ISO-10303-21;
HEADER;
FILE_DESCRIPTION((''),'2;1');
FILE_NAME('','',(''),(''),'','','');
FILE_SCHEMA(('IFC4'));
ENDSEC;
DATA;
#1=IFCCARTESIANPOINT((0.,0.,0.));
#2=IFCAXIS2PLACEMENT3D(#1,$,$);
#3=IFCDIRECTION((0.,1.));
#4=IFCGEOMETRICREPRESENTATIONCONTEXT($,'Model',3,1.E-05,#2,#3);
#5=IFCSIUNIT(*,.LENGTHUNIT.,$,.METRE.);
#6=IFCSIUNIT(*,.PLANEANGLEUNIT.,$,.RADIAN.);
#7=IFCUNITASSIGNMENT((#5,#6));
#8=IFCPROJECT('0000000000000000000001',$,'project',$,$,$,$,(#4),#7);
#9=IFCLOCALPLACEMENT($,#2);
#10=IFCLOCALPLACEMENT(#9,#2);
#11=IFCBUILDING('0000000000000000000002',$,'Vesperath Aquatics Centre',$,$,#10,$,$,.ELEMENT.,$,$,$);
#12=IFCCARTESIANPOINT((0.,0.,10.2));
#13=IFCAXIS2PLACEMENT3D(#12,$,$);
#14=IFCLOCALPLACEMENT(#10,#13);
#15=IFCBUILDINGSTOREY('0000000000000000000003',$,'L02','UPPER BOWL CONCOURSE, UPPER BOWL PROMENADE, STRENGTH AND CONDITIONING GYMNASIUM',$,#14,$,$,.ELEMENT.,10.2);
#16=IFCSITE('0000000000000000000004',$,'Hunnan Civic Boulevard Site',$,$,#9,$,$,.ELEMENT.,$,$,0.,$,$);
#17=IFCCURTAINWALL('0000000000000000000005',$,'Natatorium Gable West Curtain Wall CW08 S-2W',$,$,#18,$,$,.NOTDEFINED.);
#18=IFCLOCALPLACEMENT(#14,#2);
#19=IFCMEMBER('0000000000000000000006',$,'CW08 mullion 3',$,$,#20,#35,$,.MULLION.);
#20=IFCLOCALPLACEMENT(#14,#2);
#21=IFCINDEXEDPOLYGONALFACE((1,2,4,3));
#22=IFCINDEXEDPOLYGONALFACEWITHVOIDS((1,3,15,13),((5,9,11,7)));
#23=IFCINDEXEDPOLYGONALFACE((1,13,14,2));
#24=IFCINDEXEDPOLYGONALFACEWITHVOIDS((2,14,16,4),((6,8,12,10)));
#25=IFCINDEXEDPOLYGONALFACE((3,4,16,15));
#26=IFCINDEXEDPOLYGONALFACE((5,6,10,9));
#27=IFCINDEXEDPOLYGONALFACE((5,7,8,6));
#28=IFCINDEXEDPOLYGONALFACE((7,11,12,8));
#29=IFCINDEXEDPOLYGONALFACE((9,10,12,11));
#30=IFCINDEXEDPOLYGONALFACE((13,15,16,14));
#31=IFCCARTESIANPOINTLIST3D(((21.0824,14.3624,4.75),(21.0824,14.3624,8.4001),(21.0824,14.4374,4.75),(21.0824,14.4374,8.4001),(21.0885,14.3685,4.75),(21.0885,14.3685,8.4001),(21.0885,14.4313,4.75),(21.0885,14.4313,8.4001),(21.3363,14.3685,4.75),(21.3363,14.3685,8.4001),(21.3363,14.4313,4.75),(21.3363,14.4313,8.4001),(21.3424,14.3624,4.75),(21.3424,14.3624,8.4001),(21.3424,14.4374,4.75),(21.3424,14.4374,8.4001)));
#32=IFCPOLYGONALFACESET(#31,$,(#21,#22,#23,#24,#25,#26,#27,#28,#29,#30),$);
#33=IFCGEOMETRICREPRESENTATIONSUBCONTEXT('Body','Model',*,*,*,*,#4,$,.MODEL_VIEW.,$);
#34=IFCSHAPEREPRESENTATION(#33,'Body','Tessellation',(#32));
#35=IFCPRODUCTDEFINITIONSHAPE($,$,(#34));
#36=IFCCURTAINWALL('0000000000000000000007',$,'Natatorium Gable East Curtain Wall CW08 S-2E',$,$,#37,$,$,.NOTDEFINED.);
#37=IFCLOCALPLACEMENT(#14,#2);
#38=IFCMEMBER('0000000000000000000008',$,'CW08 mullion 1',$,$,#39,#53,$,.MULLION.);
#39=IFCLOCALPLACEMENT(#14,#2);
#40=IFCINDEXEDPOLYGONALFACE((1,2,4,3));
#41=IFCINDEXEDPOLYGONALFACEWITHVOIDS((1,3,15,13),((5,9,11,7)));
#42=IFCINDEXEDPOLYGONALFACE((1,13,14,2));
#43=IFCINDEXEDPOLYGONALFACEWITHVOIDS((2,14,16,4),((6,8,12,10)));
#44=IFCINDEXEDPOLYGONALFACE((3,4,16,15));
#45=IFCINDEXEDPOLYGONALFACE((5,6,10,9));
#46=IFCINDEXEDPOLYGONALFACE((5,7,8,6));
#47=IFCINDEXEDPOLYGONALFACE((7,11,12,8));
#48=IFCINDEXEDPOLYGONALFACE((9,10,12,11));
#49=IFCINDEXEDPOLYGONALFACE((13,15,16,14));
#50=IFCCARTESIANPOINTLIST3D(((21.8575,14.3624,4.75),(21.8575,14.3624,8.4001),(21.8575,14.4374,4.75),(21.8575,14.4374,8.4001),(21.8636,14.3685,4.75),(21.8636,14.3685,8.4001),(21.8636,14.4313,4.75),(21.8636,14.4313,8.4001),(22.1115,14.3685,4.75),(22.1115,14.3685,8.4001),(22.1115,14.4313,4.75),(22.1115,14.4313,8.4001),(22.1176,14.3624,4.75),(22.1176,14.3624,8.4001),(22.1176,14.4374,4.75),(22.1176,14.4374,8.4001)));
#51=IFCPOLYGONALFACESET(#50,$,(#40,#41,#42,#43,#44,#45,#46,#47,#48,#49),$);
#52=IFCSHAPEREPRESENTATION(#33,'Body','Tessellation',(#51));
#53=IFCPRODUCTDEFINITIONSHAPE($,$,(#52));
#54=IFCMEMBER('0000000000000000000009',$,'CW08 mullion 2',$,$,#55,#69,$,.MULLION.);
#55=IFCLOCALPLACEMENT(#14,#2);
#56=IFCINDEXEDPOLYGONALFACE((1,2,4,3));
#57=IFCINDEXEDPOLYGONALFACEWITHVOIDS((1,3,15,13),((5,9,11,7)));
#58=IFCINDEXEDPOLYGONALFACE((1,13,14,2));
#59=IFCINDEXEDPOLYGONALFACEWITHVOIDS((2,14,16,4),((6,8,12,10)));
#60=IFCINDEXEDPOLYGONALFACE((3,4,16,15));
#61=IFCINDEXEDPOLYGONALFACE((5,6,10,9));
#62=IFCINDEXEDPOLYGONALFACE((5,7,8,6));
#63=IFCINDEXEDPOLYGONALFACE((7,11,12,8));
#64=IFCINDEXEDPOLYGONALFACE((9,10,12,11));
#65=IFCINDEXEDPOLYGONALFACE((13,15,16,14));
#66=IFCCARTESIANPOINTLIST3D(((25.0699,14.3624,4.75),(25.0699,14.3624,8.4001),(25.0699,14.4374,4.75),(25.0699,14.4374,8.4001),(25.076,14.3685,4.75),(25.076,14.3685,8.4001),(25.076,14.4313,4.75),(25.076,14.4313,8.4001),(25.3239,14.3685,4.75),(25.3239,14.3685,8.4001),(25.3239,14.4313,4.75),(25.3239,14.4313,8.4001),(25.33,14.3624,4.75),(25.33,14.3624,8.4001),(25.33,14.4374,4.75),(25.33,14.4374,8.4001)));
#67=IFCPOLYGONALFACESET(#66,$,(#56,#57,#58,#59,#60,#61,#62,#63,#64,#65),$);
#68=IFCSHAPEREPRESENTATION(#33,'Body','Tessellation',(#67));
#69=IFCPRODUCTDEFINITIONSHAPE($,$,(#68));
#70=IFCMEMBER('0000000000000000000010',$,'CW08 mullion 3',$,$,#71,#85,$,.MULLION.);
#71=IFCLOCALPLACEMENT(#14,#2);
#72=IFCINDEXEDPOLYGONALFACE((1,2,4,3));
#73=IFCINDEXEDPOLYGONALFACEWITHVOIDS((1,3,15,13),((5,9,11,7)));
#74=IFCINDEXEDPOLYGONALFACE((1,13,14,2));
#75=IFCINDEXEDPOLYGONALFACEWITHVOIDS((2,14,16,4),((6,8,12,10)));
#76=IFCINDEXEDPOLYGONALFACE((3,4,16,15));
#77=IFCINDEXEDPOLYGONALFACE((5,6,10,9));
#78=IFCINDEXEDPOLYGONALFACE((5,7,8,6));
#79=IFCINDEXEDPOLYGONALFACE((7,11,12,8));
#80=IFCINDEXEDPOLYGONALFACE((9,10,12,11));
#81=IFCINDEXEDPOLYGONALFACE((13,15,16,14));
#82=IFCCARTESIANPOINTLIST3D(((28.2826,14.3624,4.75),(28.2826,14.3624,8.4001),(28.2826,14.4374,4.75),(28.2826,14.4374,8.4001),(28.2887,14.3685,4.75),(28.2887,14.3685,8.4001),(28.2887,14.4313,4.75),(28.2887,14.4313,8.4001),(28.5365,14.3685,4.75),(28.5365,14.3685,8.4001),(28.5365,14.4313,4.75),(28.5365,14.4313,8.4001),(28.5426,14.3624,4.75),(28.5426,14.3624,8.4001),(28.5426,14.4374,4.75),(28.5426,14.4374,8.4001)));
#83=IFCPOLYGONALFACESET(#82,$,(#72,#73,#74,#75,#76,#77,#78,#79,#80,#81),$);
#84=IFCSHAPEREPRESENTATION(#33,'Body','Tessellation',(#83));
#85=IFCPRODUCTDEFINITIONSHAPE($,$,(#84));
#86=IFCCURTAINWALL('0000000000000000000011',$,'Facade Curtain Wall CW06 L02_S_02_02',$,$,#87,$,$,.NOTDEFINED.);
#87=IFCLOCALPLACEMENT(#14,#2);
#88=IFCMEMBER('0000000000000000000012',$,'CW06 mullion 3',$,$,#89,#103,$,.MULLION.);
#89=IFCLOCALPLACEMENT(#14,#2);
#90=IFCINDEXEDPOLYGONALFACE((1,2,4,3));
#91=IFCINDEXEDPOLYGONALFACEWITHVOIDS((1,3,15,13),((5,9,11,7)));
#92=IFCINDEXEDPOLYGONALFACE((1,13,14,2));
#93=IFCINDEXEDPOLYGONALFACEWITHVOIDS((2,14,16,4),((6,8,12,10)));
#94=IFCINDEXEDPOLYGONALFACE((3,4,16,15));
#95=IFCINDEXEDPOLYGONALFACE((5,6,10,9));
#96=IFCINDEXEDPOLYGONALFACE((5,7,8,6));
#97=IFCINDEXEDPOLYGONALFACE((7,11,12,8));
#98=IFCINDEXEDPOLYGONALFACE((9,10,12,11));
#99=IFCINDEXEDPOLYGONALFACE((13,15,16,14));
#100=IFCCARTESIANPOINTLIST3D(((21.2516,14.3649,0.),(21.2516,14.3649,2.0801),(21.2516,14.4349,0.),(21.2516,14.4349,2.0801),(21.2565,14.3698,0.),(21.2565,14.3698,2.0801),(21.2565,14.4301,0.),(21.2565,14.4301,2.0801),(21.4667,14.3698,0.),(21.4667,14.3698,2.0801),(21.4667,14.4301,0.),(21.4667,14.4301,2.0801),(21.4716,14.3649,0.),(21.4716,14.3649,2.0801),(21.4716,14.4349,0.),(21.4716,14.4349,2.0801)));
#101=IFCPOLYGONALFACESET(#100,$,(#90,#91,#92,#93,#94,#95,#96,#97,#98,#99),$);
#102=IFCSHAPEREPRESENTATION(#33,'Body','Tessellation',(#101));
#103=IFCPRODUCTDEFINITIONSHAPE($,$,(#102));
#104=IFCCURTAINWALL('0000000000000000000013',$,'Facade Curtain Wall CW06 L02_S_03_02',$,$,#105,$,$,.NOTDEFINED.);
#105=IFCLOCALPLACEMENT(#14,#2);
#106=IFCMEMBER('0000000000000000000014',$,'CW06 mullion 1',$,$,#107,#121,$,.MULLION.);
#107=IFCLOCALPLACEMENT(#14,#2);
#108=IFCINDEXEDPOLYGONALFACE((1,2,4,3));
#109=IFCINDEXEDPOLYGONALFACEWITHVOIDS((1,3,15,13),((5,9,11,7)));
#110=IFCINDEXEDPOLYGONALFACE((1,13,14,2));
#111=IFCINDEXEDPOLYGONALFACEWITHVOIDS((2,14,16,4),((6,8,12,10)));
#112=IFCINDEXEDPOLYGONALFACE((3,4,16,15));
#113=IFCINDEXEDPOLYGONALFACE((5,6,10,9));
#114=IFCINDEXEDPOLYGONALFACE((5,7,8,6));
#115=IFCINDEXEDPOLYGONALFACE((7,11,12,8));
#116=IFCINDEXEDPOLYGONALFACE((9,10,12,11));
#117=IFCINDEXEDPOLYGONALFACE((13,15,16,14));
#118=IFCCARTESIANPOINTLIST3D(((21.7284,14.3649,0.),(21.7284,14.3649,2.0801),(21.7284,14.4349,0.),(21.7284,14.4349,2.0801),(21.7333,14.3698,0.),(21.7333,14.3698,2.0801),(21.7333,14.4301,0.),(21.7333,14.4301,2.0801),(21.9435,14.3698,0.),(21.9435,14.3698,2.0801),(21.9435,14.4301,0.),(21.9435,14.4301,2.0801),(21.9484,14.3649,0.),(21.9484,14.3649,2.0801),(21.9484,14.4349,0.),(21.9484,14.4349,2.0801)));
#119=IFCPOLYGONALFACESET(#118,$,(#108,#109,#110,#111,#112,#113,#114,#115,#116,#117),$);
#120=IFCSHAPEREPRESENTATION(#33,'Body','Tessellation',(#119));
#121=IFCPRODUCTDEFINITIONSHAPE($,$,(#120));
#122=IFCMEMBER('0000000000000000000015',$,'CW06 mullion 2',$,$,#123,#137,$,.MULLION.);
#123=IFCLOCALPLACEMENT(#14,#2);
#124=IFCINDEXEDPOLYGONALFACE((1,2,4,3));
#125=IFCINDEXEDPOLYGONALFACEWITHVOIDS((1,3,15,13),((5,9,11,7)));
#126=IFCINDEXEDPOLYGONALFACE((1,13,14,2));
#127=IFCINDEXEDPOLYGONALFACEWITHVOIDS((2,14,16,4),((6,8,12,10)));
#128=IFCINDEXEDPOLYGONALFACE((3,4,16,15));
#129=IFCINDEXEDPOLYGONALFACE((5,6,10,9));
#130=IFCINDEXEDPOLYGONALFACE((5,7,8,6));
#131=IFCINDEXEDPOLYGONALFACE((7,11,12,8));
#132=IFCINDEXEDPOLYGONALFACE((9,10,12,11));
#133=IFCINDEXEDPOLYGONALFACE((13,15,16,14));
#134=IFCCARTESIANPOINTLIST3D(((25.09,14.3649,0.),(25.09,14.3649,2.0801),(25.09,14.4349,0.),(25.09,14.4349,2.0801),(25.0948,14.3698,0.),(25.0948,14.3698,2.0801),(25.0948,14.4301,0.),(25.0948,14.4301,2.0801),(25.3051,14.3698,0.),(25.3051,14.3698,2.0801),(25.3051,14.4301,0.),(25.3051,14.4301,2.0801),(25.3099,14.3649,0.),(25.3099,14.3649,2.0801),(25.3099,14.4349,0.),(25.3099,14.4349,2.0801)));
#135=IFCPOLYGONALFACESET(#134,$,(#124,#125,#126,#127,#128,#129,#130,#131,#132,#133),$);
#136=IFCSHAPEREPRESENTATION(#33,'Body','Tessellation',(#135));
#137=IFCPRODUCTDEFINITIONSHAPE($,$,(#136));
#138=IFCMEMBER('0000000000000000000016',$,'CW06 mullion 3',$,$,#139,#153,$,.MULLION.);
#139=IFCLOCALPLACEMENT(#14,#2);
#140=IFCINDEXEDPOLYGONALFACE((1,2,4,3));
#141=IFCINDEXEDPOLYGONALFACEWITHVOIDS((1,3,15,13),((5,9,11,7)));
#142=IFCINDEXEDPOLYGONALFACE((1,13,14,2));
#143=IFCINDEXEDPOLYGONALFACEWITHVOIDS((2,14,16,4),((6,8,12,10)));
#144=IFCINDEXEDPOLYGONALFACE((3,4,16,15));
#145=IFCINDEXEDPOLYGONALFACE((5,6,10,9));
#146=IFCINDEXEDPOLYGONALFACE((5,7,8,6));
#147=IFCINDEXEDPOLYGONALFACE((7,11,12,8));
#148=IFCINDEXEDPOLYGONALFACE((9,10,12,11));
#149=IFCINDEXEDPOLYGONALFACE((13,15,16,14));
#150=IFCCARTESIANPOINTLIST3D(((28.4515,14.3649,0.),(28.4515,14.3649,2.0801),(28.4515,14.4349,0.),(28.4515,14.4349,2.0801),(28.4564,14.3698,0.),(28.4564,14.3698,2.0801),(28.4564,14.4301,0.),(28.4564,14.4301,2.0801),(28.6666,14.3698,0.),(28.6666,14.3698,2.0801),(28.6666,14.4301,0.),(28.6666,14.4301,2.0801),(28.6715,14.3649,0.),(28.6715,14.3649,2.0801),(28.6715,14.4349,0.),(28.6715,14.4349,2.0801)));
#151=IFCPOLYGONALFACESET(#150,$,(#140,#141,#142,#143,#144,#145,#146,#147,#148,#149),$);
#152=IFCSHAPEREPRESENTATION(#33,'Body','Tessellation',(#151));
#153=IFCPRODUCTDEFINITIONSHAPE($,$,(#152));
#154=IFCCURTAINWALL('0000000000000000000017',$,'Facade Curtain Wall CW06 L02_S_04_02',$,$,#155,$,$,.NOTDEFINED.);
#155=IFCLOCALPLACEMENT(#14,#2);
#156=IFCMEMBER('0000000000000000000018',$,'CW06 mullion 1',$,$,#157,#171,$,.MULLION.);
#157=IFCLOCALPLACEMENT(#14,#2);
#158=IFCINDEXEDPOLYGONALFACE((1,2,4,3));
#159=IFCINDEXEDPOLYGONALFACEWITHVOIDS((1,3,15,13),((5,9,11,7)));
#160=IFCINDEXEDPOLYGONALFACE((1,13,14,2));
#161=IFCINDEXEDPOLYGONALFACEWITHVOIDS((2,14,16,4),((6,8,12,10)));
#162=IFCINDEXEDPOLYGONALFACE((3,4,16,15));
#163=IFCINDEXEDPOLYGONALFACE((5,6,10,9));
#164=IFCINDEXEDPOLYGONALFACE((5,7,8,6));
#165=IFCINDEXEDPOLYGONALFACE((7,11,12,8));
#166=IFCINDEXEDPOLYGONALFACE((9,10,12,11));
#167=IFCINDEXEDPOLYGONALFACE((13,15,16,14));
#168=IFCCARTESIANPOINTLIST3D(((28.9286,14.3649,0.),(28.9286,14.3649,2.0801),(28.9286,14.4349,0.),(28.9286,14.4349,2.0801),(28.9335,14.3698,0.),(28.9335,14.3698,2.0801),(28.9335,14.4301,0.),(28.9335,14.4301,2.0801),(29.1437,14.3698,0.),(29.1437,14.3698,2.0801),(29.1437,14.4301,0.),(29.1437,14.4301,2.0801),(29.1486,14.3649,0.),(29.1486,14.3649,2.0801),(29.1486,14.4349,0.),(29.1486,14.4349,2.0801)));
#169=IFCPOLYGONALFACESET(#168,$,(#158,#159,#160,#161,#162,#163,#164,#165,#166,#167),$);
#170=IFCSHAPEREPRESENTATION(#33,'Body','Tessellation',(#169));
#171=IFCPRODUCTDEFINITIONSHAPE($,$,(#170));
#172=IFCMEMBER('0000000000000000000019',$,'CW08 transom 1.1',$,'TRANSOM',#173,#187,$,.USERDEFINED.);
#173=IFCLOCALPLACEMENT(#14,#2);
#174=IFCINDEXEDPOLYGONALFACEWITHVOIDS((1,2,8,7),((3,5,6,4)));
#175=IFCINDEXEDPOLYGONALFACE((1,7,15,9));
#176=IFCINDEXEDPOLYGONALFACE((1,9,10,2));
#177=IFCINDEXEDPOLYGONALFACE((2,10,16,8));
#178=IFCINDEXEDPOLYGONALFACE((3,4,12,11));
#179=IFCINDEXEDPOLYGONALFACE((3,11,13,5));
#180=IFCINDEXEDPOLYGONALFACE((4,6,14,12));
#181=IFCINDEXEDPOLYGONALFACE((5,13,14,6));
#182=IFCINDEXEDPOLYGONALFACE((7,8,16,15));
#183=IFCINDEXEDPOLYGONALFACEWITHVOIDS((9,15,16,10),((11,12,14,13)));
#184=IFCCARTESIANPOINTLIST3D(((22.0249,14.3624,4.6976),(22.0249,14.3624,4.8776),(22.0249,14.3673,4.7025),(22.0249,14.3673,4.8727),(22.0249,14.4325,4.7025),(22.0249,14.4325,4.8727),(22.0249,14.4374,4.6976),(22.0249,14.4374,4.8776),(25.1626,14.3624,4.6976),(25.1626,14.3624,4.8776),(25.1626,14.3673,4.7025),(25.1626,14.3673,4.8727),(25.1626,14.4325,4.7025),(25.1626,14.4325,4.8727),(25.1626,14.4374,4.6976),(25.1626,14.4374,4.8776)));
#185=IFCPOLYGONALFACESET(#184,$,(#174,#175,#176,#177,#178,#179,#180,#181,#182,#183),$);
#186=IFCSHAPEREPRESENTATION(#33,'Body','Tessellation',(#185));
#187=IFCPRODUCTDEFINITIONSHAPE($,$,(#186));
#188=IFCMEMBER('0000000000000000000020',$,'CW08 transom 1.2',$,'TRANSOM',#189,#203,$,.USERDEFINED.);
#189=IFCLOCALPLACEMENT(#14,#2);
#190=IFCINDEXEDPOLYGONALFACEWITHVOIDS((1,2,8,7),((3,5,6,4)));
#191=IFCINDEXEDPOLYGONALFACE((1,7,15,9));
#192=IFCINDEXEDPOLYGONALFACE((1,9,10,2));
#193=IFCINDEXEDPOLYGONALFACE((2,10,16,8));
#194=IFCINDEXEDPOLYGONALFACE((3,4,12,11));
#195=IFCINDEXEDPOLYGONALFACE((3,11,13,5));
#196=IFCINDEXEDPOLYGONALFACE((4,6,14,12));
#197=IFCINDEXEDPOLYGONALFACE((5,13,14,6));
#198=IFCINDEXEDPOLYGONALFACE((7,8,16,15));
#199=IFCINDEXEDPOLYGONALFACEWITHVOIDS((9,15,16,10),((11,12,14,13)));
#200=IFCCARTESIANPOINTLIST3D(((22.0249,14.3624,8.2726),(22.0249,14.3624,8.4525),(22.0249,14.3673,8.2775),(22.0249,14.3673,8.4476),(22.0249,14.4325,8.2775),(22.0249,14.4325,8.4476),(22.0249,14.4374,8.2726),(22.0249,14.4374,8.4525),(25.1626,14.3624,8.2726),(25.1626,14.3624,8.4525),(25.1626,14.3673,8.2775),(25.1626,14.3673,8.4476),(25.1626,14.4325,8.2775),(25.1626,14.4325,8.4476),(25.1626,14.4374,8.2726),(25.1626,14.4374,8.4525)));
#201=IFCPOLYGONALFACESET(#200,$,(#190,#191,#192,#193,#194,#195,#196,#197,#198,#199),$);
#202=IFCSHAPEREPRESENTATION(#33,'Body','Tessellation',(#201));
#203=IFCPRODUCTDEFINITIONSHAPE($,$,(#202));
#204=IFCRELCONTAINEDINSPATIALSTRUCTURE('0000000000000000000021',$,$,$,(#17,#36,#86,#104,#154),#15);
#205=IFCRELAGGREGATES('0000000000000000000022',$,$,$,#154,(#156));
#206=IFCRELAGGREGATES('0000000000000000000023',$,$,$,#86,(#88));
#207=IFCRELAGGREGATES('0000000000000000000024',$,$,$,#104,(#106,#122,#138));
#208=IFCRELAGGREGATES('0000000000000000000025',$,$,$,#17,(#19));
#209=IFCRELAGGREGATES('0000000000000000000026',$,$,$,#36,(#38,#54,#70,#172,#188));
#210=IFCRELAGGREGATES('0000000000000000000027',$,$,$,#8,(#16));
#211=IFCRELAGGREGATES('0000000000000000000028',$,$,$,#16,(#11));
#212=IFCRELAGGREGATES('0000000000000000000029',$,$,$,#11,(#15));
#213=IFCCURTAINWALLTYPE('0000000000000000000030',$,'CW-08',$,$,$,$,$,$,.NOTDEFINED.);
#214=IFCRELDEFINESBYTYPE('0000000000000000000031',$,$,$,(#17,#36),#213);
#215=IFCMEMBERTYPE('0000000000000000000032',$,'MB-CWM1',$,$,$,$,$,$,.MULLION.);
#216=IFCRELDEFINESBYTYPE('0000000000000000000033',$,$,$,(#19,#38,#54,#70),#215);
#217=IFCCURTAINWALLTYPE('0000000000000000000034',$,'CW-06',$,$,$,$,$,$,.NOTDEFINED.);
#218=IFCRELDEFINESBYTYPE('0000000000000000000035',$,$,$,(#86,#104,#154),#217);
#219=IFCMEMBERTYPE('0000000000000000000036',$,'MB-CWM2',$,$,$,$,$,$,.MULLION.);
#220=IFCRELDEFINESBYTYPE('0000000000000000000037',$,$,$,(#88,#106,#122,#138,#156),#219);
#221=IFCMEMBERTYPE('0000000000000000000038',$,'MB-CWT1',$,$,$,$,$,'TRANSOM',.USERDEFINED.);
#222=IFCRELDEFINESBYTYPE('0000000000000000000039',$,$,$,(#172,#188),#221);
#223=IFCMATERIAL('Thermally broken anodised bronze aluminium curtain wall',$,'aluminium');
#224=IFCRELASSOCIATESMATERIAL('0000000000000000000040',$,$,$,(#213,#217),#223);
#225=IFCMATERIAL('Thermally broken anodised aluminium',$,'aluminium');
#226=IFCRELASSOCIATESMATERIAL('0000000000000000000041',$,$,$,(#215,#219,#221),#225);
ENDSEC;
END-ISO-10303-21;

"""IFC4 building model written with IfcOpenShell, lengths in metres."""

from ifc_helpers import new_model, si_unit, direction, frame, origin, origin_2d, place, context, subcontext, project, spatial, hollow_rectangle, extrude, material, material_profile, profile_set, type_object, element, aggregate, save


model = new_model("IFC4")

# Units and contexts
model_context = context("Model", 3, precision=1e-05, world=origin(), true_north=direction((0.0, 1.0)))
body_context = subcontext(model_context, "Body", "Model", "MODEL_VIEW")
ifc_project = project(units=[si_unit("LENGTHUNIT", "METRE"), si_unit("PLANEANGLEUNIT", "RADIAN")], contexts=[model_context])

# Site, building, storey
site_placement = place(None, origin())
site = spatial("IfcSite", under=ifc_project, at=site_placement, Name="Hunnan Civic Boulevard Site", CompositionType="ELEMENT", RefElevation=0.0)
building_placement = place(site_placement, origin())
building = spatial("IfcBuilding", under=site, at=building_placement, Name="Vesperath Aquatics Centre", CompositionType="ELEMENT")
storey_placement = place(building_placement, frame((0.0, 0.0, 10.2)))
storey = spatial("IfcBuildingStorey", under=building, at=storey_placement, Name="L02", Description="UPPER BOWL CONCOURSE, UPPER BOWL PROMENADE, STRENGTH AND CONDITIONING GYMNASIUM", CompositionType="ELEMENT", Elevation=10.2)

# Curtain wall, member
ifc_material_1 = material(Name="Thermally broken anodised bronze aluminium curtain wall", Category="aluminium")
curtain_wall_type_1 = type_object("IfcCurtainWallType", Name="CW-08", PredefinedType="NOTDEFINED", material=ifc_material_1)
curtain_wall_1_placement = place(storey_placement, origin())
curtain_wall_1 = element("IfcCurtainWall", 1, at=curtain_wall_1_placement, inside=storey, type_object=curtain_wall_type_1, Name="Natatorium Gable West Curtain Wall CW08 S-2W", PredefinedType="NOTDEFINED")
ifc_material_2 = material(Name="Thermally broken anodised aluminium", Category="aluminium")
ifc_material_profile_1 = material_profile(ifc_material_2, hollow_rectangle(XDim=0.075, YDim=0.26, WallThickness=0.0061, at=origin_2d()), Name="CWM 75x260x6")
ifc_profile_set_1 = profile_set([ifc_material_profile_1], Name="Thermally broken anodised aluminium")
member_type_1 = type_object("IfcMemberType", Name="MB-CWM1", PredefinedType="MULLION", material=ifc_profile_set_1)
member_1_placement = place(storey_placement, frame((21.2124, 14.3999, 4.75), z_axis=(0.0, 0.0, 1.0), x_axis=(0.0, 1.0, 0.0)))
member_1 = element("IfcMember", 2, at=member_1_placement, type_object=member_type_1, Name="CW08 mullion 3", PredefinedType="MULLION", context=body_context, shape_type="SweptSolid", body=[
    extrude(hollow_rectangle(XDim=0.075, YDim=0.26, WallThickness=0.0061, at=origin_2d()), origin(), (0.0, 0.0, 1.0), 3.6501),
])

# Curtain wall, members
curtain_wall_2_placement = place(storey_placement, origin())
curtain_wall_2 = element("IfcCurtainWall", 3, at=curtain_wall_2_placement, inside=storey, type_object=curtain_wall_type_1, Name="Natatorium Gable East Curtain Wall CW08 S-2E", PredefinedType="NOTDEFINED")
member_2_placement = place(storey_placement, frame((21.9875, 14.3999, 4.75), z_axis=(0.0, 0.0, 1.0), x_axis=(0.0, 1.0, 0.0)))
member_2 = element("IfcMember", 4, at=member_2_placement, type_object=member_type_1, Name="CW08 mullion 1", PredefinedType="MULLION", context=body_context, shape_type="SweptSolid", body=[
    extrude(hollow_rectangle(XDim=0.075, YDim=0.26, WallThickness=0.0061, at=origin_2d()), origin(), (0.0, 0.0, 1.0), 3.6501),
])
member_3_placement = place(storey_placement, frame((25.2, 14.3999, 4.75), z_axis=(0.0, 0.0, 1.0), x_axis=(0.0, 1.0, 0.0)))
member_3 = element("IfcMember", 5, at=member_3_placement, type_object=member_type_1, Name="CW08 mullion 2", PredefinedType="MULLION", context=body_context, shape_type="SweptSolid", body=[
    extrude(hollow_rectangle(XDim=0.075, YDim=0.26, WallThickness=0.0061, at=origin_2d()), origin(), (0.0, 0.0, 1.0), 3.6501),
])
member_4_placement = place(storey_placement, frame((28.4126, 14.3999, 4.75), z_axis=(0.0, 0.0, 1.0), x_axis=(0.0, 1.0, 0.0)))
member_4 = element("IfcMember", 6, at=member_4_placement, type_object=member_type_1, Name="CW08 mullion 3", PredefinedType="MULLION", context=body_context, shape_type="SweptSolid", body=[
    extrude(hollow_rectangle(XDim=0.075, YDim=0.26, WallThickness=0.0061, at=origin_2d()), origin(), (0.0, 0.0, 1.0), 3.6501),
])

# Curtain wall, member
curtain_wall_type_2 = type_object("IfcCurtainWallType", Name="CW-06", PredefinedType="NOTDEFINED", material=ifc_material_1)
curtain_wall_3_placement = place(storey_placement, origin())
curtain_wall_3 = element("IfcCurtainWall", 7, at=curtain_wall_3_placement, inside=storey, type_object=curtain_wall_type_2, Name="Facade Curtain Wall CW06 L02_S_02_02", PredefinedType="NOTDEFINED")
ifc_material_profile_2 = material_profile(ifc_material_2, hollow_rectangle(XDim=0.0701, YDim=0.22, WallThickness=0.0049, at=origin_2d()), Name="CWM 70x220x5")
ifc_profile_set_2 = profile_set([ifc_material_profile_2], Name="Thermally broken anodised aluminium")
member_type_2 = type_object("IfcMemberType", Name="MB-CWM2", PredefinedType="MULLION", material=ifc_profile_set_2)
member_5_placement = place(storey_placement, frame((21.3616, 14.3999, 0.0), z_axis=(0.0, 0.0, 1.0), x_axis=(0.0, 1.0, 0.0)))
member_5 = element("IfcMember", 8, at=member_5_placement, type_object=member_type_2, Name="CW06 mullion 3", PredefinedType="MULLION", context=body_context, shape_type="SweptSolid", body=[
    extrude(hollow_rectangle(XDim=0.0701, YDim=0.22, WallThickness=0.0049, at=origin_2d()), origin(), (0.0, 0.0, 1.0), 2.0801),
])

# Curtain wall, members
curtain_wall_4_placement = place(storey_placement, origin())
curtain_wall_4 = element("IfcCurtainWall", 9, at=curtain_wall_4_placement, inside=storey, type_object=curtain_wall_type_2, Name="Facade Curtain Wall CW06 L02_S_03_02", PredefinedType="NOTDEFINED")
member_6_placement = place(storey_placement, frame((21.8384, 14.3999, 0.0), z_axis=(0.0, 0.0, 1.0), x_axis=(0.0, 1.0, 0.0)))
member_6 = element("IfcMember", 10, at=member_6_placement, type_object=member_type_2, Name="CW06 mullion 1", PredefinedType="MULLION", context=body_context, shape_type="SweptSolid", body=[
    extrude(hollow_rectangle(XDim=0.0701, YDim=0.22, WallThickness=0.0049, at=origin_2d()), origin(), (0.0, 0.0, 1.0), 2.0801),
])
member_7_placement = place(storey_placement, frame((25.2, 14.3999, 0.0), z_axis=(0.0, 0.0, 1.0), x_axis=(0.0, 1.0, 0.0)))
member_7 = element("IfcMember", 11, at=member_7_placement, type_object=member_type_2, Name="CW06 mullion 2", PredefinedType="MULLION", context=body_context, shape_type="SweptSolid", body=[
    extrude(hollow_rectangle(XDim=0.0701, YDim=0.22, WallThickness=0.0049, at=origin_2d()), origin(), (0.0, 0.0, 1.0), 2.0801),
])
member_8_placement = place(storey_placement, frame((28.5615, 14.3999, 0.0), z_axis=(0.0, 0.0, 1.0), x_axis=(0.0, 1.0, 0.0)))
member_8 = element("IfcMember", 12, at=member_8_placement, type_object=member_type_2, Name="CW06 mullion 3", PredefinedType="MULLION", context=body_context, shape_type="SweptSolid", body=[
    extrude(hollow_rectangle(XDim=0.0701, YDim=0.22, WallThickness=0.0049, at=origin_2d()), origin(), (0.0, 0.0, 1.0), 2.0801),
])

# Curtain wall, member
curtain_wall_5_placement = place(storey_placement, origin())
curtain_wall_5 = element("IfcCurtainWall", 13, at=curtain_wall_5_placement, inside=storey, type_object=curtain_wall_type_2, Name="Facade Curtain Wall CW06 L02_S_04_02", PredefinedType="NOTDEFINED")
member_9_placement = place(storey_placement, frame((29.0386, 14.3999, 0.0), z_axis=(0.0, 0.0, 1.0), x_axis=(0.0, 1.0, 0.0)))
member_9 = element("IfcMember", 14, at=member_9_placement, type_object=member_type_2, Name="CW06 mullion 1", PredefinedType="MULLION", context=body_context, shape_type="SweptSolid", body=[
    extrude(hollow_rectangle(XDim=0.0701, YDim=0.22, WallThickness=0.0049, at=origin_2d()), origin(), (0.0, 0.0, 1.0), 2.0801),
])

# Members
ifc_material_profile_3 = material_profile(ifc_material_2, hollow_rectangle(XDim=0.075, YDim=0.1799, WallThickness=0.0049, at=origin_2d()), Name="CWT 75x180x5")
ifc_profile_set_3 = profile_set([ifc_material_profile_3], Name="Thermally broken anodised aluminium")
member_type_3 = type_object("IfcMemberType", Name="MB-CWT1", ElementType="TRANSOM", PredefinedType="USERDEFINED", material=ifc_profile_set_3)
member_10_placement = place(storey_placement, frame((22.0249, 14.3999, 4.7876), z_axis=(1.0, 0.0, 0.0), x_axis=(0.0, 1.0, 0.0)))
member_10 = element("IfcMember", 15, at=member_10_placement, type_object=member_type_3, Name="CW08 transom 1.1", ObjectType="TRANSOM", PredefinedType="USERDEFINED", context=body_context, shape_type="SweptSolid", body=[
    extrude(hollow_rectangle(XDim=0.075, YDim=0.1799, WallThickness=0.0049, at=origin_2d()), origin(), (0.0, 0.0, 1.0), 3.1377),
])
member_11_placement = place(storey_placement, frame((22.0249, 14.3999, 8.3625), z_axis=(1.0, 0.0, 0.0), x_axis=(0.0, 1.0, 0.0)))
member_11 = element("IfcMember", 16, at=member_11_placement, type_object=member_type_3, Name="CW08 transom 1.2", ObjectType="TRANSOM", PredefinedType="USERDEFINED", context=body_context, shape_type="SweptSolid", body=[
    extrude(hollow_rectangle(XDim=0.075, YDim=0.1799, WallThickness=0.0049, at=origin_2d()), origin(), (0.0, 0.0, 1.0), 3.1377),
])
aggregate(curtain_wall_5, [member_9])

aggregate(curtain_wall_3, [member_5])
aggregate(curtain_wall_4, [member_6, member_7, member_8])
aggregate(curtain_wall_1, [member_1])
aggregate(curtain_wall_2, [member_2, member_3, member_4, member_10, member_11])

save(model, "model.ifc")
